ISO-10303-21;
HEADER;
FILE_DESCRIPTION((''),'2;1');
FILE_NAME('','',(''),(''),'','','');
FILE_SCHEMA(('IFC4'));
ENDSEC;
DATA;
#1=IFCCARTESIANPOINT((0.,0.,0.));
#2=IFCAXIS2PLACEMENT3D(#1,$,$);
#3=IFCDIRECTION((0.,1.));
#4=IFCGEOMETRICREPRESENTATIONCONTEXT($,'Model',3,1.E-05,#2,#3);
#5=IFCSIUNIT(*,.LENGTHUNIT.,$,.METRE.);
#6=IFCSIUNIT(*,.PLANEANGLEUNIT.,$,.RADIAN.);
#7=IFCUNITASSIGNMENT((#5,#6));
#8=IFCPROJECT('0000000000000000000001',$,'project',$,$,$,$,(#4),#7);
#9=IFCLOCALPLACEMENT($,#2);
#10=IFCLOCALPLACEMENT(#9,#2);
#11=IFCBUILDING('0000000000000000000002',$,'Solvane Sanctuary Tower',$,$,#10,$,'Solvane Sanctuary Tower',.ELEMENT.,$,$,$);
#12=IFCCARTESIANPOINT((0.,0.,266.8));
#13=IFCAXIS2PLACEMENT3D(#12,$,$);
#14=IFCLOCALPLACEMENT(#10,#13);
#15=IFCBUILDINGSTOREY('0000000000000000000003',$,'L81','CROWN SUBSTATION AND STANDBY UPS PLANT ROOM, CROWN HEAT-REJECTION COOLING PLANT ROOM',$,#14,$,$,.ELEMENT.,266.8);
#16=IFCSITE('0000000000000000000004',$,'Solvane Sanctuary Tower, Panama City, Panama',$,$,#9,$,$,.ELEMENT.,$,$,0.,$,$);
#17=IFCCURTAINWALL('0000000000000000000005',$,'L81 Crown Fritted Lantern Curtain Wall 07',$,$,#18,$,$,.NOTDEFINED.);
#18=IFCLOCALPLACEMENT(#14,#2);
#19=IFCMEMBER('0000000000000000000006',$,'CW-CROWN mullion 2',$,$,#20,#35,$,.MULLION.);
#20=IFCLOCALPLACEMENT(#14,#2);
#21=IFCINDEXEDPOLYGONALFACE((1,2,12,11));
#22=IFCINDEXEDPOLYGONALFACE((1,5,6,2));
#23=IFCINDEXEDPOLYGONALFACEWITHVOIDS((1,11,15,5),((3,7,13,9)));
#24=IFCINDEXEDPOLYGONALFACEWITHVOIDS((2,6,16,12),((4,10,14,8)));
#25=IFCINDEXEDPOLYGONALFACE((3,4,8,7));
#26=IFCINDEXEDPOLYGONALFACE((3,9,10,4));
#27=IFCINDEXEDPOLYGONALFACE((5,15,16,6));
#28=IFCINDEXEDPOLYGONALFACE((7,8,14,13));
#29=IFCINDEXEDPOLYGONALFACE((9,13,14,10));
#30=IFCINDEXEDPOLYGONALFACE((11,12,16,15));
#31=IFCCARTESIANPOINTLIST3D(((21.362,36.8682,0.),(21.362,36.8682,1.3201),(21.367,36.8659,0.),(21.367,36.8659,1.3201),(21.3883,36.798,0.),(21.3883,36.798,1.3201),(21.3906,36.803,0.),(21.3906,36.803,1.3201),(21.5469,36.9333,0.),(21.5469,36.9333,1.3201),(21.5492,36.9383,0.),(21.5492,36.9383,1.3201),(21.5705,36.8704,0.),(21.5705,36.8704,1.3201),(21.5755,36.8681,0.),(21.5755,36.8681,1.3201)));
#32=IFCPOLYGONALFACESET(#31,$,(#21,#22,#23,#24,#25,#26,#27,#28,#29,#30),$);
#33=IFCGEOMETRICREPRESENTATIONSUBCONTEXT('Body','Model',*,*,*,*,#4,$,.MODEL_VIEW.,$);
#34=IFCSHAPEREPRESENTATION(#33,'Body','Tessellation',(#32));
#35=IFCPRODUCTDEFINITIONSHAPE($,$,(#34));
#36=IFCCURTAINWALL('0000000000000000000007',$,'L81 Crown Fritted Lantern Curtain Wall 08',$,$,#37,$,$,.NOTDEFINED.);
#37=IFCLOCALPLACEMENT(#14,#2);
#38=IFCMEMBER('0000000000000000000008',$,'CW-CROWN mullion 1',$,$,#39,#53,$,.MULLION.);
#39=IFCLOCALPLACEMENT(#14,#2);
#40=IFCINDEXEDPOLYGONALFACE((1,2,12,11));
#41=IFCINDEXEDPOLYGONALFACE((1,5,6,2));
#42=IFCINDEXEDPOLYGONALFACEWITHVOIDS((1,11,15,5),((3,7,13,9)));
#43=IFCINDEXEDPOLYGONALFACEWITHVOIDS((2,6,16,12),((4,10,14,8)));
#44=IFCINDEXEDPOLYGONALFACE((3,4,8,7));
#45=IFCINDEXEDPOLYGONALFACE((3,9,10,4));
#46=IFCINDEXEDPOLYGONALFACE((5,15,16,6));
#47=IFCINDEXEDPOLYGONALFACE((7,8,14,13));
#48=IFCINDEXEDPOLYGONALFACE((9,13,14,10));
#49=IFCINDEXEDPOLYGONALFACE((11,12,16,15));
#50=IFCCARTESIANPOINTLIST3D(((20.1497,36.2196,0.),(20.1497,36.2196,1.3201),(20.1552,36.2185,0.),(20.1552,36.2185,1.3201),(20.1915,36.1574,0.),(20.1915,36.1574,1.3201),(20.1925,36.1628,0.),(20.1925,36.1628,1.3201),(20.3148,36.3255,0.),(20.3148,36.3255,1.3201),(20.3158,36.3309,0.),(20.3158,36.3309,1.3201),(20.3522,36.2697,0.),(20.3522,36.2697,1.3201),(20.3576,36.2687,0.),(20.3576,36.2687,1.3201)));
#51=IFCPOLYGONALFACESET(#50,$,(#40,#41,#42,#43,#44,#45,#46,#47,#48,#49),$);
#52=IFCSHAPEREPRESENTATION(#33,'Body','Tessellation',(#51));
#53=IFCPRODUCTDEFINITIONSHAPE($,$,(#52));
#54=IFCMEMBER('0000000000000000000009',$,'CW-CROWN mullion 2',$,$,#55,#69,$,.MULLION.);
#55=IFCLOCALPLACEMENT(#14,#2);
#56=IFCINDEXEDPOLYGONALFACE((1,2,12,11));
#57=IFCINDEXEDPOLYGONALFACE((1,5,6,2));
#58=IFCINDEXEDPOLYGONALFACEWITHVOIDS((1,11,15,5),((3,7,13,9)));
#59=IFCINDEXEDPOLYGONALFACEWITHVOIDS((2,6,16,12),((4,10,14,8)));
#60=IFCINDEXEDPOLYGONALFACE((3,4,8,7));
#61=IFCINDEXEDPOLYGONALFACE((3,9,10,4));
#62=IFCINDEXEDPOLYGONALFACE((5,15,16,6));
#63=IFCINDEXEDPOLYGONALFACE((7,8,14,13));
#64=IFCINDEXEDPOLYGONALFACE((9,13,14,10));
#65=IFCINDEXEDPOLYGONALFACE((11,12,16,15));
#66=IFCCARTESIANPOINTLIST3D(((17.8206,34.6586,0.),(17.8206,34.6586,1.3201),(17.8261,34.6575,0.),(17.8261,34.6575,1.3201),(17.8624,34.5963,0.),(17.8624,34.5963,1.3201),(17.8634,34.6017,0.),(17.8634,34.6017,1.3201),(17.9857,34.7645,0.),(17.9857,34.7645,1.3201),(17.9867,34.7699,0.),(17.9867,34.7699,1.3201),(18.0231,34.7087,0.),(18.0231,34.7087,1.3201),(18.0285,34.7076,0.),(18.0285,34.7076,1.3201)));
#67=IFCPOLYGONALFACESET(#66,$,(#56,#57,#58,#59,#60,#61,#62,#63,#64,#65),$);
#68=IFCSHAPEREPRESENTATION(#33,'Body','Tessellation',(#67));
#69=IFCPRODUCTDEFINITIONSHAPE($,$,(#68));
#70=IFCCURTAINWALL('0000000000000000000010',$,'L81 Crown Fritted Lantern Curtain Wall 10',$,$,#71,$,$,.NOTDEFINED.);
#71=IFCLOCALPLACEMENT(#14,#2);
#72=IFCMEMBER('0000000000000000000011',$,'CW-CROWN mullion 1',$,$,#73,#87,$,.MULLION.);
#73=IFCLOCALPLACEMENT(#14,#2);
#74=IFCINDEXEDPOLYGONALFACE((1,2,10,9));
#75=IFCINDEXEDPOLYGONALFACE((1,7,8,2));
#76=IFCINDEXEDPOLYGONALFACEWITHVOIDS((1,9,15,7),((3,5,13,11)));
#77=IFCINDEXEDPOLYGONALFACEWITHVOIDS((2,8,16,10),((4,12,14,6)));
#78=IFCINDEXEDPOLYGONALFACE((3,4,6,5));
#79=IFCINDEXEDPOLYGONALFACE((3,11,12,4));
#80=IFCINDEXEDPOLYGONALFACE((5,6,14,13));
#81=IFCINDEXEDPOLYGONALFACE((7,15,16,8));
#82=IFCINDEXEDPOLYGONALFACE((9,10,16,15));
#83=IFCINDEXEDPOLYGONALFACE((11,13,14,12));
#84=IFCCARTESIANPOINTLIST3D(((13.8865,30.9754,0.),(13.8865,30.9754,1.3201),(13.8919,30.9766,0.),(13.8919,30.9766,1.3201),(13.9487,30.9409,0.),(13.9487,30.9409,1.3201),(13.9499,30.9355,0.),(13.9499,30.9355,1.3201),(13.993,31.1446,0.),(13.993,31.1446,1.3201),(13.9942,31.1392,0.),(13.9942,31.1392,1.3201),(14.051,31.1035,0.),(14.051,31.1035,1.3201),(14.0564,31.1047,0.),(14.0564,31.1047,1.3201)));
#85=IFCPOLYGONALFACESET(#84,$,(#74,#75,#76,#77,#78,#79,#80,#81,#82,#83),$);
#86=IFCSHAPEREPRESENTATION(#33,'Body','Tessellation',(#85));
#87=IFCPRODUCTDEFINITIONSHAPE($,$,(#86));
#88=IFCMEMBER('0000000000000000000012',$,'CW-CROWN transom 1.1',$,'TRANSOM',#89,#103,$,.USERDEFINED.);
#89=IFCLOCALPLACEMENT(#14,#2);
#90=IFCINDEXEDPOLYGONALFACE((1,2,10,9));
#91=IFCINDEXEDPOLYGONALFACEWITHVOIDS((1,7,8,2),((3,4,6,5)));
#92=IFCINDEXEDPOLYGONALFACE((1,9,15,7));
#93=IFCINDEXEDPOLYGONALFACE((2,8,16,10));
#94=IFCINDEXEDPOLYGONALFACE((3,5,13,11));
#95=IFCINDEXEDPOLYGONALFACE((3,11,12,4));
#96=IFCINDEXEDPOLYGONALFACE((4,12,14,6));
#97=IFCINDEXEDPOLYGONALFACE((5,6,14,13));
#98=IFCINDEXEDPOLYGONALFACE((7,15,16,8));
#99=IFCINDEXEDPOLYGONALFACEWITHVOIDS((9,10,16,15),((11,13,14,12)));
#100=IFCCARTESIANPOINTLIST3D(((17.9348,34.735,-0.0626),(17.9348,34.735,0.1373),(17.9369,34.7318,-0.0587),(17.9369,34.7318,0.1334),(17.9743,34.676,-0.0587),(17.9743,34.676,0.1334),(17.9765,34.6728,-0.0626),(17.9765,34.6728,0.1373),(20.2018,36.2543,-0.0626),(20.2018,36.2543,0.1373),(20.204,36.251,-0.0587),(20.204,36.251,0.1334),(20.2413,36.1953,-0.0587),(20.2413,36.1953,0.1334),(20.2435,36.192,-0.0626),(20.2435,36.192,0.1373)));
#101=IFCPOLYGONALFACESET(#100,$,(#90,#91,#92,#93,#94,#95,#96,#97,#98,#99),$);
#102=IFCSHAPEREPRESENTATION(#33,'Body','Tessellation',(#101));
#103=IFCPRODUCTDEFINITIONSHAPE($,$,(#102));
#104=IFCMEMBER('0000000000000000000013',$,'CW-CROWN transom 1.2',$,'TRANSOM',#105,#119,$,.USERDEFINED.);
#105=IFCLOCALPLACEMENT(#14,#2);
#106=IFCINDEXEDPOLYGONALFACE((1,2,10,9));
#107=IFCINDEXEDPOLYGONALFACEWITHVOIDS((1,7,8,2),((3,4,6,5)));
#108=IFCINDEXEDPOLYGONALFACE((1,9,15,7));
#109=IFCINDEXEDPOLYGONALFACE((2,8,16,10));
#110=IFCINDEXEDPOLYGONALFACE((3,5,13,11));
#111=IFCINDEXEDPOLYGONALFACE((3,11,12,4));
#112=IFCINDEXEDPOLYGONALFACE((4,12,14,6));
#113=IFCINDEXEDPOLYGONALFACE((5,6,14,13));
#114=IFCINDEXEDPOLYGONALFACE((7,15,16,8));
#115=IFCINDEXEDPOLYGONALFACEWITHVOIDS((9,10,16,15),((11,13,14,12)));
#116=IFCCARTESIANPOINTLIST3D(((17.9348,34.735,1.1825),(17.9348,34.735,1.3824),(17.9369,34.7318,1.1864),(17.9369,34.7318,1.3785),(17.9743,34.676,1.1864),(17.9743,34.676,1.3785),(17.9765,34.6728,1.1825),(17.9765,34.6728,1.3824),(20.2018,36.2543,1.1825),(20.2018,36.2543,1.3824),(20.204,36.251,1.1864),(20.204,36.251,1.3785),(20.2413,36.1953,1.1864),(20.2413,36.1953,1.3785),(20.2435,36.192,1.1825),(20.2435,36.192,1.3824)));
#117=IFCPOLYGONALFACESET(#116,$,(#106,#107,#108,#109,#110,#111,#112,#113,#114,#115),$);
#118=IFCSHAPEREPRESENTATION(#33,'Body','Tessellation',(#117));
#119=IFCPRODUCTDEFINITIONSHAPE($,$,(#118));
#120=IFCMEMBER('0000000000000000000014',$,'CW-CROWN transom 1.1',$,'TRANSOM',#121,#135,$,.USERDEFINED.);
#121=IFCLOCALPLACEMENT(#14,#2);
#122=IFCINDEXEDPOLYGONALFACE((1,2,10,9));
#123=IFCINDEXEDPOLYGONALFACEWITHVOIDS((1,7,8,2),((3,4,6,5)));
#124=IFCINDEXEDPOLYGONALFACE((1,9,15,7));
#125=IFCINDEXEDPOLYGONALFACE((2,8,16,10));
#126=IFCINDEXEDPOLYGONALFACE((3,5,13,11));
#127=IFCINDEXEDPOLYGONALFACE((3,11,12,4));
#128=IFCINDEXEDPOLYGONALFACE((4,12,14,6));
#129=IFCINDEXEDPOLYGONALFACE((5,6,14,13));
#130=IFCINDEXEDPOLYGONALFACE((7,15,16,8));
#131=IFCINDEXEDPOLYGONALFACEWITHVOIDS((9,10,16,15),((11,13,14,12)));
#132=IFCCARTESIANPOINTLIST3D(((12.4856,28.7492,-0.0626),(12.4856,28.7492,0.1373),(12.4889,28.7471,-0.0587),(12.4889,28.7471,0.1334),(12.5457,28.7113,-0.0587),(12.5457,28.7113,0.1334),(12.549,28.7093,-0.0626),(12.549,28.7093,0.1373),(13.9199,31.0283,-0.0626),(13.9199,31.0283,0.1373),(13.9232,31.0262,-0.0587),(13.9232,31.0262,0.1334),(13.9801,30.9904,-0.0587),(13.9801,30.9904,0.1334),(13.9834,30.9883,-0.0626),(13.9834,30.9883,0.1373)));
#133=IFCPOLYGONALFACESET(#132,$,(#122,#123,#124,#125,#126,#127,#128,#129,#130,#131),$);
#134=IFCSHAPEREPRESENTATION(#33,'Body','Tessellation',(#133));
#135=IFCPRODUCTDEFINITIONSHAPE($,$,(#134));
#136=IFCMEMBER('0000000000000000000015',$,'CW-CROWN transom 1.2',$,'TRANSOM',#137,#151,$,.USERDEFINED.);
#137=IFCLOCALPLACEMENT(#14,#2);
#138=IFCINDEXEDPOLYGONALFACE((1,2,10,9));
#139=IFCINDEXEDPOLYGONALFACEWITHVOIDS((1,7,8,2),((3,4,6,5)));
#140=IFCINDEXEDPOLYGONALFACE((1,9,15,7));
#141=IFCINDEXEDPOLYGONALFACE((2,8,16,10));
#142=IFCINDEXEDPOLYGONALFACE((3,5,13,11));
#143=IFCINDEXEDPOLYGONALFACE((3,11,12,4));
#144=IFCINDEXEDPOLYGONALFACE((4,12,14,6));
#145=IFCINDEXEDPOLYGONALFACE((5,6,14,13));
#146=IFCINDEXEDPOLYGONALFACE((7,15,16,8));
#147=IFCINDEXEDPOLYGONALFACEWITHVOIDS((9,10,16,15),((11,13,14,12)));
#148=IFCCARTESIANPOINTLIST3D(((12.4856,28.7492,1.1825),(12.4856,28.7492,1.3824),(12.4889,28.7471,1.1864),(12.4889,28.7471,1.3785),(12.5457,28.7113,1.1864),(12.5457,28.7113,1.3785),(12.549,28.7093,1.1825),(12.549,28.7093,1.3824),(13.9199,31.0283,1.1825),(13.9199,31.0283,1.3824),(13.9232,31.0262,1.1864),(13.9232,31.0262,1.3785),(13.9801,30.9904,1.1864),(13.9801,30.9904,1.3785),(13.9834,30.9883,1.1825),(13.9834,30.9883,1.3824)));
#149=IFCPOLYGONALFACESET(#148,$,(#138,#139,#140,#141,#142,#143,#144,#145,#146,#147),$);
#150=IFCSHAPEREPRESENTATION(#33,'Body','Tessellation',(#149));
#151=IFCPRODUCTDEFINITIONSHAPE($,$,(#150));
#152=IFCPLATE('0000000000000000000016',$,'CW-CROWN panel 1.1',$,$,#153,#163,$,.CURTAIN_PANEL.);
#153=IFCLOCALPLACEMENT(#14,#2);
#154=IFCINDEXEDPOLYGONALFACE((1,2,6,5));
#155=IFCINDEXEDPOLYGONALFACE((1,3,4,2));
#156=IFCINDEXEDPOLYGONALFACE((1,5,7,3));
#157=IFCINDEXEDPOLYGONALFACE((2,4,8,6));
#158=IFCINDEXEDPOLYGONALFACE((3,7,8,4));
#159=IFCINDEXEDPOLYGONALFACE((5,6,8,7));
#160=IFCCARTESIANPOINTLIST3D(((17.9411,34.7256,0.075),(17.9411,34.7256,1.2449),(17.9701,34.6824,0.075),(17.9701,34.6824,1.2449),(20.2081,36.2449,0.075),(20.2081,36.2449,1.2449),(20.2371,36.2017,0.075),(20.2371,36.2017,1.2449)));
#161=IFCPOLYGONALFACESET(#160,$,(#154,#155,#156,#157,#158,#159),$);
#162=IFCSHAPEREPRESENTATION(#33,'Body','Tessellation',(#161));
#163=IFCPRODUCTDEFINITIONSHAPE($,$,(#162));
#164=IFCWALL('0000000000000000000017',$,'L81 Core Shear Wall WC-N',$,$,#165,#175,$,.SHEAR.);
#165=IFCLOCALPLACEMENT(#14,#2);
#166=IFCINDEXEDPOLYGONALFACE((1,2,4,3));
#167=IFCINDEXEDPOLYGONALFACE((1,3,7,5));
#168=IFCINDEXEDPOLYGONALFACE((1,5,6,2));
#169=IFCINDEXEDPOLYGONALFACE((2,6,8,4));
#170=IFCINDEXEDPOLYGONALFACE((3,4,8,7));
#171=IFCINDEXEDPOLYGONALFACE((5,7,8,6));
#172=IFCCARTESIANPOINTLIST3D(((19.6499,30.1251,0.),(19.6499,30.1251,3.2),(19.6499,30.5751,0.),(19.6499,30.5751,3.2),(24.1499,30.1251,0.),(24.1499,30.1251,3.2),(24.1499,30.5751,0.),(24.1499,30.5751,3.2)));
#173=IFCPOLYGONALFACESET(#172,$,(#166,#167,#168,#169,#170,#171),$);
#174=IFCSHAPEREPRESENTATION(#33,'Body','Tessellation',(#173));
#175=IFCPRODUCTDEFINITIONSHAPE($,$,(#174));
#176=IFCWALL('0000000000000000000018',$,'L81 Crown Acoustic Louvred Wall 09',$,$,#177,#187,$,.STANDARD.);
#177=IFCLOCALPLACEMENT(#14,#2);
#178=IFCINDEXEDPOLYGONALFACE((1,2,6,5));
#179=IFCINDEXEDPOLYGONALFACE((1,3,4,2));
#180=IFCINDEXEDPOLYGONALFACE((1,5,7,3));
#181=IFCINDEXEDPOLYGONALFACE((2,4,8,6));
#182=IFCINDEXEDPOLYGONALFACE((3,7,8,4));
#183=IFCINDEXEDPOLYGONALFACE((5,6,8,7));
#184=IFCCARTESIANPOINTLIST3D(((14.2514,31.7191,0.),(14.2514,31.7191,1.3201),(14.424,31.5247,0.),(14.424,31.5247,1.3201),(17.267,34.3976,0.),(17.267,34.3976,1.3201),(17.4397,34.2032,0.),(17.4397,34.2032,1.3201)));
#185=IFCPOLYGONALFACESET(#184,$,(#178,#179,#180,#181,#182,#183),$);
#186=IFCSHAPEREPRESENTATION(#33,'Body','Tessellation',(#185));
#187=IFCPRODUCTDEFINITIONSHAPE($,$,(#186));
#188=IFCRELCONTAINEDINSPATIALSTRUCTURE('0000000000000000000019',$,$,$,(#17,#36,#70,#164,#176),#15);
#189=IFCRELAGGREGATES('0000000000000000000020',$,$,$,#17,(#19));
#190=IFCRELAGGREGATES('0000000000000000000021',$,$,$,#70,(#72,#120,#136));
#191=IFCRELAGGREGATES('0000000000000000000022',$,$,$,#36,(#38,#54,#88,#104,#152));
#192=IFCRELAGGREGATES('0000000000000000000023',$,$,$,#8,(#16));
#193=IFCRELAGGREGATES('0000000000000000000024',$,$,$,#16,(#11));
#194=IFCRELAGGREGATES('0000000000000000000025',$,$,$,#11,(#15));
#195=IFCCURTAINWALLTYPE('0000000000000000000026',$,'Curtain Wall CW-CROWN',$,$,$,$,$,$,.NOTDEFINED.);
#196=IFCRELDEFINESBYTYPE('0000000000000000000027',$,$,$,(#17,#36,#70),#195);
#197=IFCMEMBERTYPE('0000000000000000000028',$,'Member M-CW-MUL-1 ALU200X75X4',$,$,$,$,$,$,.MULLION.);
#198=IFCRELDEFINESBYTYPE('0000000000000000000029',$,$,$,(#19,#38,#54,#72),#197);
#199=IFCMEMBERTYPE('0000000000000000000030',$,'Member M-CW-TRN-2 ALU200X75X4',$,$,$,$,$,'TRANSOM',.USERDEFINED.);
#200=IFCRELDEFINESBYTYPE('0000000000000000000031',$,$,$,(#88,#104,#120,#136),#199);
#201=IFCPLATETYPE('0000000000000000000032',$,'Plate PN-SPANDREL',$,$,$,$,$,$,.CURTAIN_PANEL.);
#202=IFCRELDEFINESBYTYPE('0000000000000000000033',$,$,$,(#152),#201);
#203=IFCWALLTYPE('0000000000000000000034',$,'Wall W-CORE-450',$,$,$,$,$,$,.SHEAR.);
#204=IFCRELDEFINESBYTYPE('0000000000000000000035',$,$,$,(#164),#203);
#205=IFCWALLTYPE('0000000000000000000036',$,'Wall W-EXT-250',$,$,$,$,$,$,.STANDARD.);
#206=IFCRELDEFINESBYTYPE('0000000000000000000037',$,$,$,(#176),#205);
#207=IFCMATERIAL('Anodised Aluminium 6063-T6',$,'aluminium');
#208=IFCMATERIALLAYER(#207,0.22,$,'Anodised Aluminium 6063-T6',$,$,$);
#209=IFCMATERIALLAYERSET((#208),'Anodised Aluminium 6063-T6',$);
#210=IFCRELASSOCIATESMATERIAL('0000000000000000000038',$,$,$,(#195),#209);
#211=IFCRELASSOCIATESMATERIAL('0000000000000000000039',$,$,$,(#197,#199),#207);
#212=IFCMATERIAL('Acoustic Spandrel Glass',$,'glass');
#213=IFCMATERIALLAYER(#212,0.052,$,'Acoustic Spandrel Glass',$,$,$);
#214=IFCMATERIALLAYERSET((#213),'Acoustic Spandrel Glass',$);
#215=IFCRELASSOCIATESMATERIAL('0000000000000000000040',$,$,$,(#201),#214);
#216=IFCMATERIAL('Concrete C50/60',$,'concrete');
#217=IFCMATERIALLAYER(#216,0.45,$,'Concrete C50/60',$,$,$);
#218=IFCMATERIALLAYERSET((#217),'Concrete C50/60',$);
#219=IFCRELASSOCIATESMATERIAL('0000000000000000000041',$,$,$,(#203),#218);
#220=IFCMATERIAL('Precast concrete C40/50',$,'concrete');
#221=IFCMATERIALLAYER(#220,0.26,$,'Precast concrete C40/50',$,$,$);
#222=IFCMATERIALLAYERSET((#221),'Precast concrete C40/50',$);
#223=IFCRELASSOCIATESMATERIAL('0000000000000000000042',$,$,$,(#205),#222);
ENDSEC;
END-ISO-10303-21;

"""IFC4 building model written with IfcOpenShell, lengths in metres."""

from ifc_helpers import new_model, si_unit, direction, frame, frame_2d, origin, origin_2d, place, context, subcontext, project, spatial, rectangle, hollow_rectangle, extrude, material, layer, layer_set, material_profile, profile_set, type_object, element, aggregate, save


model = new_model("IFC4")

# Units and contexts
model_context = context("Model", 3, precision=1e-05, world=origin(), true_north=direction((0.0, 1.0)))
body_context = subcontext(model_context, "Body", "Model", "MODEL_VIEW")
ifc_project = project(units=[si_unit("LENGTHUNIT", "METRE"), si_unit("PLANEANGLEUNIT", "RADIAN")], contexts=[model_context])

# Site, building, storey
site_placement = place(None, origin())
site = spatial("IfcSite", under=ifc_project, at=site_placement, Name="Solvane Sanctuary Tower, Panama City, Panama", CompositionType="ELEMENT", RefElevation=0.0)
building_placement = place(site_placement, origin())
building = spatial("IfcBuilding", under=site, at=building_placement, Name="Solvane Sanctuary Tower", LongName="Solvane Sanctuary Tower", CompositionType="ELEMENT")
storey_placement = place(building_placement, frame((0.0, 0.0, 266.8)))
storey = spatial("IfcBuildingStorey", under=building, at=storey_placement, Name="L81", Description="CROWN SUBSTATION AND STANDBY UPS PLANT ROOM, CROWN HEAT-REJECTION COOLING PLANT ROOM", CompositionType="ELEMENT", Elevation=266.8)

# Curtain wall, member
ifc_material_1 = material(Name="Anodised Aluminium 6063-T6", Category="aluminium")
ifc_layer_1 = layer(ifc_material_1, 0.22, Name="Anodised Aluminium 6063-T6")
ifc_layer_set_1 = layer_set([ifc_layer_1], Name="Anodised Aluminium 6063-T6")
curtain_wall_type = type_object("IfcCurtainWallType", Name="Curtain Wall CW-CROWN", PredefinedType="NOTDEFINED", material=ifc_layer_set_1)
curtain_wall_1_placement = place(storey_placement, origin())
curtain_wall_1 = element("IfcCurtainWall", 1, at=curtain_wall_1_placement, inside=storey, type_object=curtain_wall_type, Name="L81 Crown Fritted Lantern Curtain Wall 07", PredefinedType="NOTDEFINED")
ifc_material_profile_1 = material_profile(ifc_material_1, hollow_rectangle(XDim=0.075, YDim=0.2, WallThickness=0.0039, at=origin_2d()), Name="ALU200X75X4")
ifc_profile_set_1 = profile_set([ifc_material_profile_1], Name="Anodised Aluminium 6063-T6")
member_type_1 = type_object("IfcMemberType", Name="Member M-CW-MUL-1 ALU200X75X4", PredefinedType="MULLION", material=ifc_profile_set_1)
member_1_placement = place(storey_placement, frame((21.4688, 36.8682, 0.0), z_axis=(0.0, 0.0, 1.0), x_axis=(0.350837, -0.936437, 0.0)))
member_1 = element("IfcMember", 2, at=member_1_placement, type_object=member_type_1, Name="CW-CROWN mullion 2", PredefinedType="MULLION", context=body_context, shape_type="SweptSolid", body=[
    extrude(hollow_rectangle(XDim=0.075, YDim=0.2, WallThickness=0.0039, at=origin_2d()), origin(), (0.0, 0.0, 1.0), 1.3201),
])
aggregate(curtain_wall_1, [member_1])

# Curtain wall, members
curtain_wall_2_placement = place(storey_placement, origin())
curtain_wall_2 = element("IfcCurtainWall", 3, at=curtain_wall_2_placement, inside=storey, type_object=curtain_wall_type, Name="L81 Crown Fritted Lantern Curtain Wall 08", PredefinedType="NOTDEFINED")
member_2_placement = place(storey_placement, frame((20.2537, 36.2441, 0.0), z_axis=(0.0, 0.0, 1.0), x_axis=(0.556718, -0.830701, 0.0)))
member_2 = element("IfcMember", 4, at=member_2_placement, type_object=member_type_1, Name="CW-CROWN mullion 1", PredefinedType="MULLION", context=body_context, shape_type="SweptSolid", body=[
    extrude(hollow_rectangle(XDim=0.075, YDim=0.2, WallThickness=0.0039, at=origin_2d()), origin(), (0.0, 0.0, 1.0), 1.3201),
])
member_3_placement = place(storey_placement, frame((17.9246, 34.6831, 0.0), z_axis=(0.0, 0.0, 1.0), x_axis=(0.556718, -0.830701, 0.0)))
member_3 = element("IfcMember", 5, at=member_3_placement, type_object=member_type_1, Name="CW-CROWN mullion 2", PredefinedType="MULLION", context=body_context, shape_type="SweptSolid", body=[
    extrude(hollow_rectangle(XDim=0.075, YDim=0.2, WallThickness=0.0039, at=origin_2d()), origin(), (0.0, 0.0, 1.0), 1.3201),
])

# Curtain wall, member
curtain_wall_3_placement = place(storey_placement, origin())
curtain_wall_3 = element("IfcCurtainWall", 6, at=curtain_wall_3_placement, inside=storey, type_object=curtain_wall_type, Name="L81 Crown Fritted Lantern Curtain Wall 10", PredefinedType="NOTDEFINED")
member_4_placement = place(storey_placement, frame((13.9714, 31.04, 0.0), z_axis=(0.0, 0.0, 1.0), x_axis=(0.846332, -0.532656, 0.0)))
member_4 = element("IfcMember", 7, at=member_4_placement, type_object=member_type_1, Name="CW-CROWN mullion 1", PredefinedType="MULLION", context=body_context, shape_type="SweptSolid", body=[
    extrude(hollow_rectangle(XDim=0.075, YDim=0.2, WallThickness=0.0039, at=origin_2d()), origin(), (0.0, 0.0, 1.0), 1.3201),
])

# Members
ifc_material_profile_2 = material_profile(ifc_material_1, hollow_rectangle(XDim=0.075, YDim=0.2, WallThickness=0.0039, at=origin_2d()), Name="ALU200X75X4")
ifc_profile_set_2 = profile_set([ifc_material_profile_2], Name="Anodised Aluminium 6063-T6")
member_type_2 = type_object("IfcMemberType", Name="Member M-CW-TRN-2 ALU200X75X4", ElementType="TRANSOM", PredefinedType="USERDEFINED", material=ifc_profile_set_2)
member_5_placement = place(storey_placement, frame((20.2227, 36.2231, 0.0374), z_axis=(-0.830713, -0.556701, 0.0), x_axis=(0.556701, -0.830713, 0.0)))
member_5 = element("IfcMember", 8, at=member_5_placement, type_object=member_type_2, Name="CW-CROWN transom 1.1", ObjectType="TRANSOM", PredefinedType="USERDEFINED", context=body_context, shape_type="SweptSolid", body=[
    extrude(hollow_rectangle(XDim=0.075, YDim=0.2, WallThickness=0.0039, at=origin_2d()), origin(), (0.0, 0.0, 1.0), 2.729),
])
member_6_placement = place(storey_placement, frame((20.2227, 36.2231, 1.2825), z_axis=(-0.830713, -0.556701, 0.0), x_axis=(0.556701, -0.830713, 0.0)))
member_6 = element("IfcMember", 9, at=member_6_placement, type_object=member_type_2, Name="CW-CROWN transom 1.2", ObjectType="TRANSOM", PredefinedType="USERDEFINED", context=body_context, shape_type="SweptSolid", body=[
    extrude(hollow_rectangle(XDim=0.075, YDim=0.2, WallThickness=0.0039, at=origin_2d()), origin(), (0.0, 0.0, 1.0), 2.729),
])
member_7_placement = place(storey_placement, frame((13.9517, 31.0083, 0.0374), z_axis=(-0.532645, -0.846339, 0.0), x_axis=(0.846339, -0.532645, 0.0)))
member_7 = element("IfcMember", 10, at=member_7_placement, type_object=member_type_2, Name="CW-CROWN transom 1.1", ObjectType="TRANSOM", PredefinedType="USERDEFINED", context=body_context, shape_type="SweptSolid", body=[
    extrude(hollow_rectangle(XDim=0.075, YDim=0.2, WallThickness=0.0039, at=origin_2d()), origin(), (0.0, 0.0, 1.0), 2.6929),
])
member_8_placement = place(storey_placement, frame((13.9517, 31.0083, 1.2825), z_axis=(-0.532645, -0.846339, 0.0), x_axis=(0.846339, -0.532645, 0.0)))
member_8 = element("IfcMember", 11, at=member_8_placement, type_object=member_type_2, Name="CW-CROWN transom 1.2", ObjectType="TRANSOM", PredefinedType="USERDEFINED", context=body_context, shape_type="SweptSolid", body=[
    extrude(hollow_rectangle(XDim=0.075, YDim=0.2, WallThickness=0.0039, at=origin_2d()), origin(), (0.0, 0.0, 1.0), 2.6929),
])
aggregate(curtain_wall_3, [member_4, member_7, member_8])

# Plate
ifc_material_2 = material(Name="Acoustic Spandrel Glass", Category="glass")
ifc_layer_2 = layer(ifc_material_2, 0.052, Name="Acoustic Spandrel Glass")
ifc_layer_set_2 = layer_set([ifc_layer_2], Name="Acoustic Spandrel Glass")
plate_type = type_object("IfcPlateType", Name="Plate PN-SPANDREL", PredefinedType="CURTAIN_PANEL", material=ifc_layer_set_2)
plate_placement = place(storey_placement, frame((19.0891, 35.4636, 0.075), z_axis=(0.0, 0.0, 1.0), x_axis=(-0.830701, -0.556718, 0.0)))
plate = element("IfcPlate", 12, at=plate_placement, type_object=plate_type, Name="CW-CROWN panel 1.1", PredefinedType="CURTAIN_PANEL", context=body_context, shape_type="SweptSolid", body=[
    extrude(rectangle(XDim=2.729, YDim=0.052, at=origin_2d()), origin(), (0.0, 0.0, 1.0), 1.1699),
])
aggregate(curtain_wall_2, [member_2, member_3, member_5, member_6, plate])

# Walls
ifc_material_3 = material(Name="Concrete C50/60", Category="concrete")
ifc_layer_3 = layer(ifc_material_3, 0.45, Name="Concrete C50/60")
ifc_layer_set_3 = layer_set([ifc_layer_3], Name="Concrete C50/60")
wall_type_1 = type_object("IfcWallType", Name="Wall W-CORE-450", PredefinedType="SHEAR", material=ifc_layer_set_3)
wall_1_placement = place(storey_placement, frame((19.6499, 30.3501, 0.0), z_axis=(0.0, 0.0, 1.0), x_axis=(1.0, 0.0, 0.0)))
element("IfcWall", 13, at=wall_1_placement, inside=storey, type_object=wall_type_1, Name="L81 Core Shear Wall WC-N", PredefinedType="SHEAR", context=body_context, shape_type="SweptSolid", body=[
    extrude(rectangle(XDim=4.5, YDim=0.45, at=frame_2d((2.25, 0.0))), origin(), (0.0, 0.0, 1.0), 3.2),
])
ifc_material_4 = material(Name="Precast concrete C40/50", Category="concrete")
ifc_layer_4 = layer(ifc_material_4, 0.26, Name="Precast concrete C40/50")
ifc_layer_set_4 = layer_set([ifc_layer_4], Name="Precast concrete C40/50")
wall_type_2 = type_object("IfcWallType", Name="Wall W-EXT-250", PredefinedType="STANDARD", material=ifc_layer_set_4)
wall_2_placement = place(storey_placement, frame((17.3533, 34.3003, 0.0), z_axis=(0.0, 0.0, 1.0), x_axis=(-0.747666, -0.664074, 0.0)))
element("IfcWall", 14, at=wall_2_placement, inside=storey, type_object=wall_type_2, Name="L81 Crown Acoustic Louvred Wall 09", PredefinedType="STANDARD", context=body_context, shape_type="SweptSolid", body=[
    extrude(rectangle(XDim=4.0334, YDim=0.26, at=frame_2d((2.0166, 0.0))), origin(), (0.0, 0.0, 1.0), 1.3201),
])

save(model, "model.ifc")
